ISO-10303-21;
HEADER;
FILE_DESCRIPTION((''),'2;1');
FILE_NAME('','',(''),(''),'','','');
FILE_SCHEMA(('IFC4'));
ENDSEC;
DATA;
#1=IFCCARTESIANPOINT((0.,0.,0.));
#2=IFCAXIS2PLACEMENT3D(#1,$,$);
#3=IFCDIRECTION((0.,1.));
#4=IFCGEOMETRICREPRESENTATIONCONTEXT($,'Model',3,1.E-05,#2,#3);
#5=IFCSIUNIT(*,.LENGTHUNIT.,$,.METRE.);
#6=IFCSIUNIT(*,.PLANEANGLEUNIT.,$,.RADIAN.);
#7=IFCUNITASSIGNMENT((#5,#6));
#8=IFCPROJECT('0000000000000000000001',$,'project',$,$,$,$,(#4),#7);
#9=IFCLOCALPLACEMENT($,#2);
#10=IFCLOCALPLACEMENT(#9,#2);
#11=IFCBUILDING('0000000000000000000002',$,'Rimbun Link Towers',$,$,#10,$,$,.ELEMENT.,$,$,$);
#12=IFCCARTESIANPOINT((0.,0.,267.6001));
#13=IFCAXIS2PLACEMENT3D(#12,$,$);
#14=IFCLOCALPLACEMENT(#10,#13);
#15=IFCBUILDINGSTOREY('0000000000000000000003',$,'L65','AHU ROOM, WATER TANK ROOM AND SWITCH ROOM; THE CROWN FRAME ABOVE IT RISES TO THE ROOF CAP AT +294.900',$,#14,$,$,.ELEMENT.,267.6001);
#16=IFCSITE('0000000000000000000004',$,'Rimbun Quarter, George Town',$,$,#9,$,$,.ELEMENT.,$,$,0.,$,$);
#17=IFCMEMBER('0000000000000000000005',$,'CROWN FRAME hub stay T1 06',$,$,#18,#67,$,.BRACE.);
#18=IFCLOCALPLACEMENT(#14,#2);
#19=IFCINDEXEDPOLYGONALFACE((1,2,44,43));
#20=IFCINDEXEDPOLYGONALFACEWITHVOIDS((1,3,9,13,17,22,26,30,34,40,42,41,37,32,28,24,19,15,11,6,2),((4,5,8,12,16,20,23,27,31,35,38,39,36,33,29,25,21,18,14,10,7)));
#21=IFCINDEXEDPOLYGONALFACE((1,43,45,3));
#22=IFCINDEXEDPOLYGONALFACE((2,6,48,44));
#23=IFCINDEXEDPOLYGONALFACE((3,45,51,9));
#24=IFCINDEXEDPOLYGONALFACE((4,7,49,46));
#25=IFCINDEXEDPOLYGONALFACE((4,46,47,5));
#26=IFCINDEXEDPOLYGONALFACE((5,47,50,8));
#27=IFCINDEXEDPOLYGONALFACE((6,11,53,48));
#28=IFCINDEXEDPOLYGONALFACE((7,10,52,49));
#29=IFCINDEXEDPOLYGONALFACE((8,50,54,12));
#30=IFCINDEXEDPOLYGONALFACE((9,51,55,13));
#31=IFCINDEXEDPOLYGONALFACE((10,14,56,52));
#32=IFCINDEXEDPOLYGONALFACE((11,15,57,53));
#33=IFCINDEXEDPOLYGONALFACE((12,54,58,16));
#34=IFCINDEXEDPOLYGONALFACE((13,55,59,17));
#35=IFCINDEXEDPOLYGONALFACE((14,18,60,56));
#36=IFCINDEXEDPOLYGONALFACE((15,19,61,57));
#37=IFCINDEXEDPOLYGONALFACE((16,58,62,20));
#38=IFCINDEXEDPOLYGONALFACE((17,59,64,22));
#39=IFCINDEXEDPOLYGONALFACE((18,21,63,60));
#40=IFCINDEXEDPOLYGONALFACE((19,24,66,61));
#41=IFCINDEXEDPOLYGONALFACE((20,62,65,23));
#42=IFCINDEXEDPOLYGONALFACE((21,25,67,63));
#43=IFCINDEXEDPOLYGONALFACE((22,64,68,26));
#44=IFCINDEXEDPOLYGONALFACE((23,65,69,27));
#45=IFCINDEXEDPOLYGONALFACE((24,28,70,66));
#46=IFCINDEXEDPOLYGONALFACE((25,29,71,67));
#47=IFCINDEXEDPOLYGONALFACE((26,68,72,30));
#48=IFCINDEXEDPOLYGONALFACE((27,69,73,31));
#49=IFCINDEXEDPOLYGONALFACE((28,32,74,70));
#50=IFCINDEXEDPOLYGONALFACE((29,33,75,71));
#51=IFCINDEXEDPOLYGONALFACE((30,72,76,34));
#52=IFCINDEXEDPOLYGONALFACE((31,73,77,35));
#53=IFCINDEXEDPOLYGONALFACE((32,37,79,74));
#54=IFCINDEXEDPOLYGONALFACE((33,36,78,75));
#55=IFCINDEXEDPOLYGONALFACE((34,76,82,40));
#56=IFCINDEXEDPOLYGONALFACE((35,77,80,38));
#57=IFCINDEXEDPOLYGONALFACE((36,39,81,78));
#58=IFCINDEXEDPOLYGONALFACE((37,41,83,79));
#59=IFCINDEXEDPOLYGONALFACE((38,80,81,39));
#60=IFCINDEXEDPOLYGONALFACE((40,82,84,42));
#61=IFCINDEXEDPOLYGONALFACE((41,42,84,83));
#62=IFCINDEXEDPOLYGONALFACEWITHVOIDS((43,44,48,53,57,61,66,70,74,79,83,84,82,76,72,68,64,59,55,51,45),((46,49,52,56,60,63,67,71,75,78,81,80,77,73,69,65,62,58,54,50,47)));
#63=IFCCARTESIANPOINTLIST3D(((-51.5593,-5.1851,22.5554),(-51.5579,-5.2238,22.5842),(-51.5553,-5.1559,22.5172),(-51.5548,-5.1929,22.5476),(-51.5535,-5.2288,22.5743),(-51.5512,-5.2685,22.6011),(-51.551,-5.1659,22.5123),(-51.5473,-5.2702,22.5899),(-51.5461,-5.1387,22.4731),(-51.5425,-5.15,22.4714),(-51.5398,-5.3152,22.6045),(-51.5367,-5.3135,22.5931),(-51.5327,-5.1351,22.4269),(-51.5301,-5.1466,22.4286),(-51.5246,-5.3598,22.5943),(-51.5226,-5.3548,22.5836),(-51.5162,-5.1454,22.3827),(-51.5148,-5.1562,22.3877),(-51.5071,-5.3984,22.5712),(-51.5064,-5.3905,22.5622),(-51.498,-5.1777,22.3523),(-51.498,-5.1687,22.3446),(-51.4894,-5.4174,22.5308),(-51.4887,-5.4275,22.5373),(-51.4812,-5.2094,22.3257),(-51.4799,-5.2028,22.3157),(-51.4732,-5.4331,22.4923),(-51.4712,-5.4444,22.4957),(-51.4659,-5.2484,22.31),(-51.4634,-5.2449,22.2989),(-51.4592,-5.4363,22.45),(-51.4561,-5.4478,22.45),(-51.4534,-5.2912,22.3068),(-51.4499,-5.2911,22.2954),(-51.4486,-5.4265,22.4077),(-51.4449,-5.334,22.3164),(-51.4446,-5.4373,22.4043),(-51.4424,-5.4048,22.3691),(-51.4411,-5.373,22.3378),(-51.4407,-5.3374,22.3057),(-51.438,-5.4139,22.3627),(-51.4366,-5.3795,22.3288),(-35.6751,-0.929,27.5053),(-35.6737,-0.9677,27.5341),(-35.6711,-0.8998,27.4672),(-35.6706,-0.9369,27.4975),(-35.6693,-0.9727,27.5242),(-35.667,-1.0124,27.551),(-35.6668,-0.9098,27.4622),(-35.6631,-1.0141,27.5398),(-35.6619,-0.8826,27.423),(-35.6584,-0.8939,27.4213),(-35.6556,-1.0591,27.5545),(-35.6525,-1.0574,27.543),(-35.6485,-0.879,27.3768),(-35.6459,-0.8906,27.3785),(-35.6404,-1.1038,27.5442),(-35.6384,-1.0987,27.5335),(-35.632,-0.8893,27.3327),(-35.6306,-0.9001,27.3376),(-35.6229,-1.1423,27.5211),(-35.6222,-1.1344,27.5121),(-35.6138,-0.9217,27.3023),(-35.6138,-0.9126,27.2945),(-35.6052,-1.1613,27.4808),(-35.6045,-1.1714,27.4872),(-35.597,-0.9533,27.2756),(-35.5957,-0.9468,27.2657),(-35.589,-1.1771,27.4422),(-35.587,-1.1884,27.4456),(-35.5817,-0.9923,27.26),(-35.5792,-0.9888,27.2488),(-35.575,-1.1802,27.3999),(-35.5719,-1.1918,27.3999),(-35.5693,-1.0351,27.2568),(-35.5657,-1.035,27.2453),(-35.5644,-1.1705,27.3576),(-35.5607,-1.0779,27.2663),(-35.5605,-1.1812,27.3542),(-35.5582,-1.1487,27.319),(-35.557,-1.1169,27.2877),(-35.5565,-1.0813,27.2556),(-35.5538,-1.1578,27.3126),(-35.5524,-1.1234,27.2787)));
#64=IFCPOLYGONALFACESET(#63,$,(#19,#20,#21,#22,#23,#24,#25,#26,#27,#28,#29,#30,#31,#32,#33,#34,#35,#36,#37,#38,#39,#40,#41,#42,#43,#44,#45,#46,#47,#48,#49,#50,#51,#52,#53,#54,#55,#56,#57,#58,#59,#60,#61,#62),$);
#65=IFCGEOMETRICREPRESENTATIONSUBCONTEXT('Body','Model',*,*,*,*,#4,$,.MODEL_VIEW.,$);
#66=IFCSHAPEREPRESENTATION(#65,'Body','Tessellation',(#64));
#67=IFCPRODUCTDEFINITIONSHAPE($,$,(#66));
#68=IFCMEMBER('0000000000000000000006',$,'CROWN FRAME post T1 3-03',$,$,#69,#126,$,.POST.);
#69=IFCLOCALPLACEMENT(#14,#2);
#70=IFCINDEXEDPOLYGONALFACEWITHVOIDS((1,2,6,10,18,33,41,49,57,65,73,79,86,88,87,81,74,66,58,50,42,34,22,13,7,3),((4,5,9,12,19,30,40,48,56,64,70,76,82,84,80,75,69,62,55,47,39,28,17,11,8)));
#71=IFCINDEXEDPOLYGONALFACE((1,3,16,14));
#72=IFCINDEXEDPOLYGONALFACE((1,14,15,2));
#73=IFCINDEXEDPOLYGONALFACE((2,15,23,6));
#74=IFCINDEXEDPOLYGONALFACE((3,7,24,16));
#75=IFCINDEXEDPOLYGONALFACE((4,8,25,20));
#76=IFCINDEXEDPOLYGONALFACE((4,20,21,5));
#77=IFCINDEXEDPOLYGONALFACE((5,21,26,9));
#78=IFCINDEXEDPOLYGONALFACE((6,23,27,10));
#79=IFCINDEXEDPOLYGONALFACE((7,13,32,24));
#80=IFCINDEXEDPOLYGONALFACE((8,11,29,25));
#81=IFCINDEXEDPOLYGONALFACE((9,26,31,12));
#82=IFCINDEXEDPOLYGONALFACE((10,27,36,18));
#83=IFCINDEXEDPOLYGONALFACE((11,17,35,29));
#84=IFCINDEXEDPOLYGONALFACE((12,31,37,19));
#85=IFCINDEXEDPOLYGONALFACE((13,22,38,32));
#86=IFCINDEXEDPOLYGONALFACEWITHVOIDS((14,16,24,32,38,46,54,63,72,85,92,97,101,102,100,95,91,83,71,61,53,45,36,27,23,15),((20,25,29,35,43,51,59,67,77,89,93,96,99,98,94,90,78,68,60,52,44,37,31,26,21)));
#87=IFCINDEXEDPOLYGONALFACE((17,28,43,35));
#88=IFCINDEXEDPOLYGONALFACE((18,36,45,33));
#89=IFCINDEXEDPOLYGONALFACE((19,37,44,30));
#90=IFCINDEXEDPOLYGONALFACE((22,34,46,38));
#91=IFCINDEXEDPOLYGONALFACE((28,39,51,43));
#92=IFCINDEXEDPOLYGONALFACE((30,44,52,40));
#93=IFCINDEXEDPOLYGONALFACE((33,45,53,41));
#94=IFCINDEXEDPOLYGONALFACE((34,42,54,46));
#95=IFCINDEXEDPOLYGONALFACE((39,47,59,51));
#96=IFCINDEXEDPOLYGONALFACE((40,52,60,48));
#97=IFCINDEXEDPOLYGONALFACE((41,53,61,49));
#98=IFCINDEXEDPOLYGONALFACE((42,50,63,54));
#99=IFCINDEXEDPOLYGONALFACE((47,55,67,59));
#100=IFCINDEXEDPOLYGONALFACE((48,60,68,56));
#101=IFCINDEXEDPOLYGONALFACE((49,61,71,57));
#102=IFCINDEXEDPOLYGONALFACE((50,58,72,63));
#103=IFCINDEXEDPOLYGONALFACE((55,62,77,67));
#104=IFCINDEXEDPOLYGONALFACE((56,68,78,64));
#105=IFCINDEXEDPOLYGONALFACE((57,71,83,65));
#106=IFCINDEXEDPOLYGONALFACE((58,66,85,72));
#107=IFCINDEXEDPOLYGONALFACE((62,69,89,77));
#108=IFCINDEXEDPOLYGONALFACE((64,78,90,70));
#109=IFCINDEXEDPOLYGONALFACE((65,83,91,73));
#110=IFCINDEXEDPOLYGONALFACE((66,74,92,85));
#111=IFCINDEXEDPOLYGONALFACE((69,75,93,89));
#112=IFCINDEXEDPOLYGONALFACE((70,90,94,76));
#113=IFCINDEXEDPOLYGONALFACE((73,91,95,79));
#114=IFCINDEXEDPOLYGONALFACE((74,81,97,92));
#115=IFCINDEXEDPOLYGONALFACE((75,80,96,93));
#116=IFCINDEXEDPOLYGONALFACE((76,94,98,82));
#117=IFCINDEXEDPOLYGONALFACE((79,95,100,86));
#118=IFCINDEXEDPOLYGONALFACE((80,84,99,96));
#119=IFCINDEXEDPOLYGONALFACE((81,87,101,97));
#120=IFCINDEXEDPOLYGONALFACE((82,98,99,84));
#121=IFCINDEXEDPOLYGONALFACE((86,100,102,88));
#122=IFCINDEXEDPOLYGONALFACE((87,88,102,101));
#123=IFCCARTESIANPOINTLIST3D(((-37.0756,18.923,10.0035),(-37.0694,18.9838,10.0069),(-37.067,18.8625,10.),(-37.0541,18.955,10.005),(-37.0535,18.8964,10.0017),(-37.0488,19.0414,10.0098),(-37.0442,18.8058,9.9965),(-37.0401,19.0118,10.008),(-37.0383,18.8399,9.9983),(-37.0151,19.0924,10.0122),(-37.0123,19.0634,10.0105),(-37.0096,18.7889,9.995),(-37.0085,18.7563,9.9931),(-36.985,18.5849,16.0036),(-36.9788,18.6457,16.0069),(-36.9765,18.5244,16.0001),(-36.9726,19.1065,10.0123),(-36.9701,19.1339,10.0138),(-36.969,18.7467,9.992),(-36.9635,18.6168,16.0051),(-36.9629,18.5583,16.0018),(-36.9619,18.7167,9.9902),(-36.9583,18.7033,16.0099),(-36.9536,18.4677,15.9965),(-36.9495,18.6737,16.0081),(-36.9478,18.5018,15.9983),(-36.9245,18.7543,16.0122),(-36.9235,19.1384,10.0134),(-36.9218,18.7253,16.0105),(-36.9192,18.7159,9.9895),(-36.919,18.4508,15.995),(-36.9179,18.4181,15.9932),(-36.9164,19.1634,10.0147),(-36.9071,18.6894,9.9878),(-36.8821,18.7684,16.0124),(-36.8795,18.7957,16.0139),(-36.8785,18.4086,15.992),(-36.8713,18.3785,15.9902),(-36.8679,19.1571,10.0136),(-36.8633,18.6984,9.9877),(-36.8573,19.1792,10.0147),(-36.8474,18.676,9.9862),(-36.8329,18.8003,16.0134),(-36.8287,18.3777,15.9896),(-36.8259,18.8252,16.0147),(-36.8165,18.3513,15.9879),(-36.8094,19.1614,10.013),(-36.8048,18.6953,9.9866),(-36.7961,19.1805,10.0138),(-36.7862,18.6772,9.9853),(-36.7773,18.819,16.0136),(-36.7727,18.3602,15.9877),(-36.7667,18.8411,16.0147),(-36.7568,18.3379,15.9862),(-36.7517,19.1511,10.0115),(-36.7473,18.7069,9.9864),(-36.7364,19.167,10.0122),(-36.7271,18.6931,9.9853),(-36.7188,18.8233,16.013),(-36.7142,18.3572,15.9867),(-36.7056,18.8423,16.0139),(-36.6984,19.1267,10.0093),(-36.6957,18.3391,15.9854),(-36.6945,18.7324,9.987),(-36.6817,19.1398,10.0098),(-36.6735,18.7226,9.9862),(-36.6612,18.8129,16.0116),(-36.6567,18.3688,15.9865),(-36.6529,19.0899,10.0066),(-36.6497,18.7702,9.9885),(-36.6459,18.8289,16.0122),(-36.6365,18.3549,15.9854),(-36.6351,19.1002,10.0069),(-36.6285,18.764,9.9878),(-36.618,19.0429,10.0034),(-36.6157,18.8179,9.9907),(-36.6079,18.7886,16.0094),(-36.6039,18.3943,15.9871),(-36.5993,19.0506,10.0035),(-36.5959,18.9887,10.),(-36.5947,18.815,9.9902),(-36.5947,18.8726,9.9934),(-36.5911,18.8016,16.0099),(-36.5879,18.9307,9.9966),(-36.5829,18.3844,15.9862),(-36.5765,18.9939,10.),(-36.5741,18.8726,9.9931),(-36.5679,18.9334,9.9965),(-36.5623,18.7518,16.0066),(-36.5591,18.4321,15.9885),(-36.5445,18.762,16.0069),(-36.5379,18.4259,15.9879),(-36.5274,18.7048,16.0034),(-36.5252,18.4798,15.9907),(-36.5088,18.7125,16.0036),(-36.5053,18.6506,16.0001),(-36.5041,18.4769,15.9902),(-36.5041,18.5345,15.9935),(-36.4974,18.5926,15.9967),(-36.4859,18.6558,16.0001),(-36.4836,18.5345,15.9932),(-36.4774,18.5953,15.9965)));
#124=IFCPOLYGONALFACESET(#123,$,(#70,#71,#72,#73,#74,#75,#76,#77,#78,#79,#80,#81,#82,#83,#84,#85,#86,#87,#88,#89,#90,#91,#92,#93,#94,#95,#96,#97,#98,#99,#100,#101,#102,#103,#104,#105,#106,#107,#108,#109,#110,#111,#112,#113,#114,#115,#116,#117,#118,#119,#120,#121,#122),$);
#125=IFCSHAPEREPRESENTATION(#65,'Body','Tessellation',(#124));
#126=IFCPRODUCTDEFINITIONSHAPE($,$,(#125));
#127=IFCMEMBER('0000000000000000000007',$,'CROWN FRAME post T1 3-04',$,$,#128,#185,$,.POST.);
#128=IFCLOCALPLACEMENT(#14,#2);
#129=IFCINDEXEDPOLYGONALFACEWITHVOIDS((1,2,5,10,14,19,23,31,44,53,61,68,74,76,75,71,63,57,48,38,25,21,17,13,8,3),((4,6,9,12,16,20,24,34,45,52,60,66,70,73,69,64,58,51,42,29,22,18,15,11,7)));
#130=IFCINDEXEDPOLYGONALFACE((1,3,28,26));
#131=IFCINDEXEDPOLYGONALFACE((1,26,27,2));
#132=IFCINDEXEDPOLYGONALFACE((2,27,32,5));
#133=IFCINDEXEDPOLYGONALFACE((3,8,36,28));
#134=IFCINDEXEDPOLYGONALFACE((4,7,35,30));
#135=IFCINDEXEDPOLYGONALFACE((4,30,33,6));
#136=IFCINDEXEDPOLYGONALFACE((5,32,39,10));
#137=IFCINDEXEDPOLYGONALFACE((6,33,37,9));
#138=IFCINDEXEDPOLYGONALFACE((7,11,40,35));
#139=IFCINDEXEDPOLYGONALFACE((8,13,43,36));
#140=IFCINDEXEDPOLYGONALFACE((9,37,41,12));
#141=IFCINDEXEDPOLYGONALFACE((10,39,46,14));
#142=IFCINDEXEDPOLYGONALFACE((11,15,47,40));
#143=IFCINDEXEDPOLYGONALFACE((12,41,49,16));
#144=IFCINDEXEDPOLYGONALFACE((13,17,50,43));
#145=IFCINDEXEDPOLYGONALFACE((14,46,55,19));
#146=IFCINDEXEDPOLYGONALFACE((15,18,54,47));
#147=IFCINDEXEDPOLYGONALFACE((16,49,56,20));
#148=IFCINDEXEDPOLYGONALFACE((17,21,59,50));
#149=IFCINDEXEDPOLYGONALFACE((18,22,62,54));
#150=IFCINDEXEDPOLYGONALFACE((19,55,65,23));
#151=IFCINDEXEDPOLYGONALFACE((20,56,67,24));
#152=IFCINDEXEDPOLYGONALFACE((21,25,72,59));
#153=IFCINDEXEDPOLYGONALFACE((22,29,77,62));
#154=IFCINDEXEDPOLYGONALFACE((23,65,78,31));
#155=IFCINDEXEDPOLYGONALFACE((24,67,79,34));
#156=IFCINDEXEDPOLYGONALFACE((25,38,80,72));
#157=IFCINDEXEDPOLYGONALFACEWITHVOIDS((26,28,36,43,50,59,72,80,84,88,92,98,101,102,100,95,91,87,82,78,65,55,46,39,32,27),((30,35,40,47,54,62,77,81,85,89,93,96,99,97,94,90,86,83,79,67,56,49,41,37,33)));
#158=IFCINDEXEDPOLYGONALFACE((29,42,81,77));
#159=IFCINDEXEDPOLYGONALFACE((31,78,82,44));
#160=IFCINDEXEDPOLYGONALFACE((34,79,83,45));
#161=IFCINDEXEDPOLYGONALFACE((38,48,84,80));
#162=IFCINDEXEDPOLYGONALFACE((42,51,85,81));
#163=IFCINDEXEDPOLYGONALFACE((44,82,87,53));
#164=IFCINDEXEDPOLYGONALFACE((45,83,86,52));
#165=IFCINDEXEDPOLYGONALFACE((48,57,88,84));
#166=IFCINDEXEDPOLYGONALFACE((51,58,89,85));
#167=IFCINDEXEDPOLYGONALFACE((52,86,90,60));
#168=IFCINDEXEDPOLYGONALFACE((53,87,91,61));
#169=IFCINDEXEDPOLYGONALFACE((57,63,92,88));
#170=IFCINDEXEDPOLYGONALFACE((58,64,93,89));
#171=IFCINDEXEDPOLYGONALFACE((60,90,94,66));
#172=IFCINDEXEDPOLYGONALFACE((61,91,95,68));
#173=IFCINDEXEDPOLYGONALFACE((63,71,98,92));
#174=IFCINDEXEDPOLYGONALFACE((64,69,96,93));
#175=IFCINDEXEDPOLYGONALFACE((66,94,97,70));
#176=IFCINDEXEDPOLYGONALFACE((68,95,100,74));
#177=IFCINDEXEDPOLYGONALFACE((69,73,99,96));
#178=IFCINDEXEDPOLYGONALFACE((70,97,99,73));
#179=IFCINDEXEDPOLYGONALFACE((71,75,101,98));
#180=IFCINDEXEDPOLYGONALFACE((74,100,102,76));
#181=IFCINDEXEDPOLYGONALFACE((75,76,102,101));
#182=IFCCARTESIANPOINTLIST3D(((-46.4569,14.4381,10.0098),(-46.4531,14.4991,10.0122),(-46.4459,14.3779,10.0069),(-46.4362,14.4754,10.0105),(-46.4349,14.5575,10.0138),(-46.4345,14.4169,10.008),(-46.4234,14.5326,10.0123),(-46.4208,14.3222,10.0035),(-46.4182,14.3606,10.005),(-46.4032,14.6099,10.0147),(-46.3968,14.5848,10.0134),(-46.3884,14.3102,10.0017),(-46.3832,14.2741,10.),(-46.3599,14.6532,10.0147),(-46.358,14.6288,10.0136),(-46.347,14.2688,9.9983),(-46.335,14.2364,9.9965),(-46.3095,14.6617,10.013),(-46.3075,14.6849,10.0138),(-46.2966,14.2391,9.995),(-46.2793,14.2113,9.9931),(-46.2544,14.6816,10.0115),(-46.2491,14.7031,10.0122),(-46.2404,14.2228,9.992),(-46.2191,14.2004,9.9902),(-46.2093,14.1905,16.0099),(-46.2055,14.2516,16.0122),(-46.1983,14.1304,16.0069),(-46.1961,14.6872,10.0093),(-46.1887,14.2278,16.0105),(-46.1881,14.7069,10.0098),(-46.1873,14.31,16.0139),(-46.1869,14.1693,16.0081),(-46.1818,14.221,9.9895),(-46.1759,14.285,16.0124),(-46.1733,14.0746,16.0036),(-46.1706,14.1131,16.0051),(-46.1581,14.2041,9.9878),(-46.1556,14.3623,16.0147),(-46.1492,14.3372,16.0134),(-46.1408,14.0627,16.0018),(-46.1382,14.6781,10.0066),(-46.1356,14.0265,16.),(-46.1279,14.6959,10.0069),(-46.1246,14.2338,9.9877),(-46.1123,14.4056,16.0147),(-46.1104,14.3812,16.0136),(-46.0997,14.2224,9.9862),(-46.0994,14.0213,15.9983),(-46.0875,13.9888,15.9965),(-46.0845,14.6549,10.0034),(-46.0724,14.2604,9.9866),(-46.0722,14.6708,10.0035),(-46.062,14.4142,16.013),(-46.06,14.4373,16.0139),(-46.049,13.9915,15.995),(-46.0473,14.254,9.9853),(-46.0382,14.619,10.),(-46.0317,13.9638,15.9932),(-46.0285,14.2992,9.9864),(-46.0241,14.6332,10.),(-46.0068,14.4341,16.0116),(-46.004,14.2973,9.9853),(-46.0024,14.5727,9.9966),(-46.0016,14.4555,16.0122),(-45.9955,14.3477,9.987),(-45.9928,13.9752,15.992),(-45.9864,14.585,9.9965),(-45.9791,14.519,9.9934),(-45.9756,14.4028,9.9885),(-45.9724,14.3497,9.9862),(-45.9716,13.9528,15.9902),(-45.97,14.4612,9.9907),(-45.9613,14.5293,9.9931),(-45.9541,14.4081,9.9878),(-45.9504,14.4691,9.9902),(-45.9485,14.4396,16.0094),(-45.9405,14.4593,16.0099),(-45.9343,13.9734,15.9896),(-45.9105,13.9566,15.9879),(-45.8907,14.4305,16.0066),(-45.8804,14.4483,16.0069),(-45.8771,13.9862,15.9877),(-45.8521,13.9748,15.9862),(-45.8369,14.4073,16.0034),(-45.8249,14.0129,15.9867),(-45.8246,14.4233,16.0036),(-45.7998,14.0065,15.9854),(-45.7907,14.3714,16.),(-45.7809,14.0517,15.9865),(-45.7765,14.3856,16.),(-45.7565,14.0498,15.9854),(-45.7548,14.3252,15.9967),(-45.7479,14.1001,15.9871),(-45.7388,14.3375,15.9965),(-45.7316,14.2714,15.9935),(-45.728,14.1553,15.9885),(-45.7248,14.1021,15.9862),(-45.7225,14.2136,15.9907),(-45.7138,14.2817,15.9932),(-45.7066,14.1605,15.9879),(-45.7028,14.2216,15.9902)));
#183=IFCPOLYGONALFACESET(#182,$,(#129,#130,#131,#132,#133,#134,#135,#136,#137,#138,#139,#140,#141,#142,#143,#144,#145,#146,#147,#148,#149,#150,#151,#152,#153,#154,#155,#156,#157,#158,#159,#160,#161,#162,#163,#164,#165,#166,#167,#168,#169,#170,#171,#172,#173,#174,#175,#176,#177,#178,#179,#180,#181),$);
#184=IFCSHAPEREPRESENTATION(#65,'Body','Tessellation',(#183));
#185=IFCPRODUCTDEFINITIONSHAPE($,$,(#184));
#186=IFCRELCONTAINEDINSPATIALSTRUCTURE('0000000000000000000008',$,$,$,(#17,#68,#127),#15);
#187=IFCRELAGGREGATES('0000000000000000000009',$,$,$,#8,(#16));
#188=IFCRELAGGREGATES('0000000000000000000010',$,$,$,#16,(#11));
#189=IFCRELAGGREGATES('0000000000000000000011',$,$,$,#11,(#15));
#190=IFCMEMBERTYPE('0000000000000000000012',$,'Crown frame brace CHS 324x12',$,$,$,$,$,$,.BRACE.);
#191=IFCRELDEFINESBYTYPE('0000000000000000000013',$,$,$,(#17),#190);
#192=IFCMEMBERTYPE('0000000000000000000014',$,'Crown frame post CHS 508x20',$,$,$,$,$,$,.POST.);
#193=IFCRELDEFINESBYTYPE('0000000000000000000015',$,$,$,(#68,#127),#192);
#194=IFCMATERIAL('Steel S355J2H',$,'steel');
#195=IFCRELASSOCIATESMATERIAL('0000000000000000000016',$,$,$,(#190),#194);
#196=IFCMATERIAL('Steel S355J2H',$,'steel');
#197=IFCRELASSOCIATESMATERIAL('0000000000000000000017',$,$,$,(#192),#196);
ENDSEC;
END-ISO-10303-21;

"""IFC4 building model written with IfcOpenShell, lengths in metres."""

from ifc_helpers import new_model, si_unit, direction, frame, origin, origin_2d, place, context, subcontext, project, spatial, hollow_circle, extrude, material, material_profile, profile_set, type_object, element, save


model = new_model("IFC4")

# Units and contexts
model_context = context("Model", 3, precision=1e-05, world=origin(), true_north=direction((0.0, 1.0)))
body_context = subcontext(model_context, "Body", "Model", "MODEL_VIEW")
ifc_project = project(units=[si_unit("LENGTHUNIT", "METRE"), si_unit("PLANEANGLEUNIT", "RADIAN")], contexts=[model_context])

# Site, building, storey
site_placement = place(None, origin())
site = spatial("IfcSite", under=ifc_project, at=site_placement, Name="Rimbun Quarter, George Town", CompositionType="ELEMENT", RefElevation=0.0)
building_placement = place(site_placement, origin())
building = spatial("IfcBuilding", under=site, at=building_placement, Name="Rimbun Link Towers", CompositionType="ELEMENT")
storey_placement = place(building_placement, frame((0.0, 0.0, 267.6001)))
storey = spatial("IfcBuildingStorey", under=building, at=storey_placement, Name="L65", Description="AHU ROOM, WATER TANK ROOM AND SWITCH ROOM; THE CROWN FRAME ABOVE IT RISES TO THE ROOF CAP AT +294.900", CompositionType="ELEMENT", Elevation=267.6001)

# Members
ifc_material_1 = material(Name="Steel S355J2H", Category="steel")
ifc_material_profile_1 = material_profile(ifc_material_1, hollow_circle(Radius=0.1619, WallThickness=0.012, at=origin_2d()), Name="Crown frame brace CHS 324x12")
ifc_profile_set_1 = profile_set([ifc_material_profile_1], Name="Steel S355J2H")
member_type_1 = type_object("IfcMemberType", Name="Crown frame brace CHS 324x12", PredefinedType="BRACE", material=ifc_profile_set_1)
member_1_placement = place(storey_placement, frame((-35.6138, -1.0354, 27.3999), z_axis=(-0.924933, -0.247831, -0.288233), x_axis=(0.258815, -0.965927, 0.0)))
element("IfcMember", 1, at=member_1_placement, inside=storey, type_object=member_type_1, Name="CROWN FRAME hub stay T1 06", PredefinedType="BRACE", context=body_context, shape_type="SweptSolid", body=[
    extrude(hollow_circle(Radius=0.1619, WallThickness=0.012, at=origin_2d()), origin(), (0.0, 0.0, 1.0), 17.1733),
])
ifc_material_2 = material(Name="Steel S355J2H", Category="steel")
ifc_material_profile_2 = material_profile(ifc_material_2, hollow_circle(Radius=0.2539, WallThickness=0.02, at=origin_2d()), Name="Crown frame post CHS 508x20")
ifc_profile_set_2 = profile_set([ifc_material_profile_2], Name="Steel S355J2H")
member_type_2 = type_object("IfcMemberType", Name="Crown frame post CHS 508x20", PredefinedType="POST", material=ifc_profile_set_2)
for number, where, z_axis, x_axis, name in (
    (2, (-36.8218, 18.9282, 10.0), (0.01507, -0.05626, 0.998302), (0.965945, 0.258748, 0.0), "CROWN FRAME post T1 3-03"),
    (3, (-46.2036, 14.4536, 10.0), (0.04119, -0.04119, 0.998302), (0.707107, 0.707107, 0.0), "CROWN FRAME post T1 3-04"),
):
    element("IfcMember", number, at=place(storey_placement, frame(where, z_axis=z_axis, x_axis=x_axis)), inside=storey, type_object=member_type_2, Name=name, PredefinedType="POST", context=body_context, shape_type="SweptSolid", body=[
        extrude(hollow_circle(Radius=0.2539, WallThickness=0.02, at=origin_2d()), origin(), (0.0, 0.0, 1.0), 6.0103),
    ])

save(model, "model.ifc")
